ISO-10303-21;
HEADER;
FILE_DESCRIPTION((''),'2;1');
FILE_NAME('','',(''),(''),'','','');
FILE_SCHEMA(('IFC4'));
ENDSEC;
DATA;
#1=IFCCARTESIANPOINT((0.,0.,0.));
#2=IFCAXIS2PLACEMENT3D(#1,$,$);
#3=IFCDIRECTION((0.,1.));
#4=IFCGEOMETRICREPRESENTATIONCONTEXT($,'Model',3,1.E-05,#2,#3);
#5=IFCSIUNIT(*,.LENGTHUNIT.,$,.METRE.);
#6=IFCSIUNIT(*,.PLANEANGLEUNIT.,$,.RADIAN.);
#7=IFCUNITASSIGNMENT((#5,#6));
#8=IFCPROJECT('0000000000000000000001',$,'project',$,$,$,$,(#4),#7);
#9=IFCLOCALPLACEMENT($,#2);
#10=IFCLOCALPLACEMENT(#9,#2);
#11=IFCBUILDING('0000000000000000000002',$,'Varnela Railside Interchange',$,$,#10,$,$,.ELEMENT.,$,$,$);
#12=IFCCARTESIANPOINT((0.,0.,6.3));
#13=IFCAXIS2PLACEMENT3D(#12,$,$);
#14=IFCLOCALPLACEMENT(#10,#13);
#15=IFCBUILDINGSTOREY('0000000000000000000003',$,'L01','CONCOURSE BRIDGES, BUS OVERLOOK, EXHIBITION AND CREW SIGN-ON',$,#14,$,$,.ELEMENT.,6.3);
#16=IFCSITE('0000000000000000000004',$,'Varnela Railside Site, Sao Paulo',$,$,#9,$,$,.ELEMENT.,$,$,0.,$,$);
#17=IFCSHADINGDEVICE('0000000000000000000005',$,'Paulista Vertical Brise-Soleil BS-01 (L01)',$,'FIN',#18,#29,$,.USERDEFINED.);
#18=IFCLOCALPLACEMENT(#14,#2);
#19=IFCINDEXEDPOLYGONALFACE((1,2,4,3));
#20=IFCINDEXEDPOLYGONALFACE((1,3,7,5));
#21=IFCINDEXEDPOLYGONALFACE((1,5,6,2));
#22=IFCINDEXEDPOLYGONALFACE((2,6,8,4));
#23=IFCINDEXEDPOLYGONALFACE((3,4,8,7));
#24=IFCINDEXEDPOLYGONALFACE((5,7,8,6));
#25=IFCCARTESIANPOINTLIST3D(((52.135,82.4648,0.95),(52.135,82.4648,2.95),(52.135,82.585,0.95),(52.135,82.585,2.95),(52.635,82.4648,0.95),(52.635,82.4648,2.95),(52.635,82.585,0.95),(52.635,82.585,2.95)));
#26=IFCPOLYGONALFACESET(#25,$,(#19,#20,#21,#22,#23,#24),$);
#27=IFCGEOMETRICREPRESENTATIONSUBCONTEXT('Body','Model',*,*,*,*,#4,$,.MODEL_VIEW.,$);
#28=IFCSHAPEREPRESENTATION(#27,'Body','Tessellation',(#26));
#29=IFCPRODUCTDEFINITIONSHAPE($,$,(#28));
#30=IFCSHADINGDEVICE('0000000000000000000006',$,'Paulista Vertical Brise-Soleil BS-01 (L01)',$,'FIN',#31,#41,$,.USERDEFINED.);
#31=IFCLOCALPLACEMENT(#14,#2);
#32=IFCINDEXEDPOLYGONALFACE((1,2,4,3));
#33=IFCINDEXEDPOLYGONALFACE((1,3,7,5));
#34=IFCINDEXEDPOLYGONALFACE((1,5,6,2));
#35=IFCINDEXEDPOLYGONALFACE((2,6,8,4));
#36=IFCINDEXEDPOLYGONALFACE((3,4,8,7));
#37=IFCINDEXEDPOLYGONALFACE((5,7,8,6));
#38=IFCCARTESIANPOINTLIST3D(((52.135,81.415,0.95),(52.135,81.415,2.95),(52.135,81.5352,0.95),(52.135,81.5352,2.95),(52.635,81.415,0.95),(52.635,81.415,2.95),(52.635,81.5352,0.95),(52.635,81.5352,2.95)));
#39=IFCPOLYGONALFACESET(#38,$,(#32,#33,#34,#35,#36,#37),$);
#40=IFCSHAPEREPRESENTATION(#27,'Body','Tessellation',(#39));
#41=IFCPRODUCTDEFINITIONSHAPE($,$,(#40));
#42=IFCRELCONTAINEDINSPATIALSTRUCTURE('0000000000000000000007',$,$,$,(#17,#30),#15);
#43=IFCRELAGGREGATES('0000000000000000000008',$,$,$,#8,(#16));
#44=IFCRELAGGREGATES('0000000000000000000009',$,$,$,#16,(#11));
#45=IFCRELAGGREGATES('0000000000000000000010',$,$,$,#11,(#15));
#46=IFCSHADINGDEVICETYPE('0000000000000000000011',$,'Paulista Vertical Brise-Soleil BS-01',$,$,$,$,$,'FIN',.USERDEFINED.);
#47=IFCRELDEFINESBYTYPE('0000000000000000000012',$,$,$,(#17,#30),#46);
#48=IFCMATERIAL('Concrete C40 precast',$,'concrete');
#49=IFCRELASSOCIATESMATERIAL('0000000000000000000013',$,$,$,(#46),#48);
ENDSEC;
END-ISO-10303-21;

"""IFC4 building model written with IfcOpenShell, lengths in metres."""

from ifc_helpers import new_model, si_unit, direction, frame, origin, origin_2d, place, context, subcontext, project, spatial, rectangle, extrude, material, type_object, element, save


model = new_model("IFC4")

# Units and contexts
model_context = context("Model", 3, precision=1e-05, world=origin(), true_north=direction((0.0, 1.0)))
body_context = subcontext(model_context, "Body", "Model", "MODEL_VIEW")
ifc_project = project(units=[si_unit("LENGTHUNIT", "METRE"), si_unit("PLANEANGLEUNIT", "RADIAN")], contexts=[model_context])

# Site, building, storey
site_placement = place(None, origin())
site = spatial("IfcSite", under=ifc_project, at=site_placement, Name="Varnela Railside Site, Sao Paulo", CompositionType="ELEMENT", RefElevation=0.0)
building_placement = place(site_placement, origin())
building = spatial("IfcBuilding", under=site, at=building_placement, Name="Varnela Railside Interchange", CompositionType="ELEMENT")
storey_placement = place(building_placement, frame((0.0, 0.0, 6.3)))
storey = spatial("IfcBuildingStorey", under=building, at=storey_placement, Name="L01", Description="CONCOURSE BRIDGES, BUS OVERLOOK, EXHIBITION AND CREW SIGN-ON", CompositionType="ELEMENT", Elevation=6.3)

# Shared definitions
ifc_material_1 = material(Name="Concrete C40 precast", Category="concrete")

# Shading devices
shading_device_type = type_object("IfcShadingDeviceType", Name="Paulista Vertical Brise-Soleil BS-01", ElementType="FIN", PredefinedType="USERDEFINED", material=ifc_material_1)
for number, where, z_axis, x_axis, name in (
    (1, (52.385, 82.5249, 0.95), (0.0, 0.0, 1.0), (1.0, 0.0, 0.0), "Paulista Vertical Brise-Soleil BS-01 (L01)"),
    (2, (52.385, 81.4751, 0.95), (0.0, 0.0, 1.0), (1.0, 0.0, 0.0), "Paulista Vertical Brise-Soleil BS-01 (L01)"),
):
    element("IfcShadingDevice", number, at=place(storey_placement, frame(where, z_axis=z_axis, x_axis=x_axis)), inside=storey, type_object=shading_device_type, Name=name, ObjectType="FIN", PredefinedType="USERDEFINED", context=body_context, shape_type="SweptSolid", body=[
        extrude(rectangle(XDim=0.5, YDim=0.1201, at=origin_2d()), origin(), (0.0, 0.0, 1.0), 2.0),
    ])

save(model, "model.ifc")
